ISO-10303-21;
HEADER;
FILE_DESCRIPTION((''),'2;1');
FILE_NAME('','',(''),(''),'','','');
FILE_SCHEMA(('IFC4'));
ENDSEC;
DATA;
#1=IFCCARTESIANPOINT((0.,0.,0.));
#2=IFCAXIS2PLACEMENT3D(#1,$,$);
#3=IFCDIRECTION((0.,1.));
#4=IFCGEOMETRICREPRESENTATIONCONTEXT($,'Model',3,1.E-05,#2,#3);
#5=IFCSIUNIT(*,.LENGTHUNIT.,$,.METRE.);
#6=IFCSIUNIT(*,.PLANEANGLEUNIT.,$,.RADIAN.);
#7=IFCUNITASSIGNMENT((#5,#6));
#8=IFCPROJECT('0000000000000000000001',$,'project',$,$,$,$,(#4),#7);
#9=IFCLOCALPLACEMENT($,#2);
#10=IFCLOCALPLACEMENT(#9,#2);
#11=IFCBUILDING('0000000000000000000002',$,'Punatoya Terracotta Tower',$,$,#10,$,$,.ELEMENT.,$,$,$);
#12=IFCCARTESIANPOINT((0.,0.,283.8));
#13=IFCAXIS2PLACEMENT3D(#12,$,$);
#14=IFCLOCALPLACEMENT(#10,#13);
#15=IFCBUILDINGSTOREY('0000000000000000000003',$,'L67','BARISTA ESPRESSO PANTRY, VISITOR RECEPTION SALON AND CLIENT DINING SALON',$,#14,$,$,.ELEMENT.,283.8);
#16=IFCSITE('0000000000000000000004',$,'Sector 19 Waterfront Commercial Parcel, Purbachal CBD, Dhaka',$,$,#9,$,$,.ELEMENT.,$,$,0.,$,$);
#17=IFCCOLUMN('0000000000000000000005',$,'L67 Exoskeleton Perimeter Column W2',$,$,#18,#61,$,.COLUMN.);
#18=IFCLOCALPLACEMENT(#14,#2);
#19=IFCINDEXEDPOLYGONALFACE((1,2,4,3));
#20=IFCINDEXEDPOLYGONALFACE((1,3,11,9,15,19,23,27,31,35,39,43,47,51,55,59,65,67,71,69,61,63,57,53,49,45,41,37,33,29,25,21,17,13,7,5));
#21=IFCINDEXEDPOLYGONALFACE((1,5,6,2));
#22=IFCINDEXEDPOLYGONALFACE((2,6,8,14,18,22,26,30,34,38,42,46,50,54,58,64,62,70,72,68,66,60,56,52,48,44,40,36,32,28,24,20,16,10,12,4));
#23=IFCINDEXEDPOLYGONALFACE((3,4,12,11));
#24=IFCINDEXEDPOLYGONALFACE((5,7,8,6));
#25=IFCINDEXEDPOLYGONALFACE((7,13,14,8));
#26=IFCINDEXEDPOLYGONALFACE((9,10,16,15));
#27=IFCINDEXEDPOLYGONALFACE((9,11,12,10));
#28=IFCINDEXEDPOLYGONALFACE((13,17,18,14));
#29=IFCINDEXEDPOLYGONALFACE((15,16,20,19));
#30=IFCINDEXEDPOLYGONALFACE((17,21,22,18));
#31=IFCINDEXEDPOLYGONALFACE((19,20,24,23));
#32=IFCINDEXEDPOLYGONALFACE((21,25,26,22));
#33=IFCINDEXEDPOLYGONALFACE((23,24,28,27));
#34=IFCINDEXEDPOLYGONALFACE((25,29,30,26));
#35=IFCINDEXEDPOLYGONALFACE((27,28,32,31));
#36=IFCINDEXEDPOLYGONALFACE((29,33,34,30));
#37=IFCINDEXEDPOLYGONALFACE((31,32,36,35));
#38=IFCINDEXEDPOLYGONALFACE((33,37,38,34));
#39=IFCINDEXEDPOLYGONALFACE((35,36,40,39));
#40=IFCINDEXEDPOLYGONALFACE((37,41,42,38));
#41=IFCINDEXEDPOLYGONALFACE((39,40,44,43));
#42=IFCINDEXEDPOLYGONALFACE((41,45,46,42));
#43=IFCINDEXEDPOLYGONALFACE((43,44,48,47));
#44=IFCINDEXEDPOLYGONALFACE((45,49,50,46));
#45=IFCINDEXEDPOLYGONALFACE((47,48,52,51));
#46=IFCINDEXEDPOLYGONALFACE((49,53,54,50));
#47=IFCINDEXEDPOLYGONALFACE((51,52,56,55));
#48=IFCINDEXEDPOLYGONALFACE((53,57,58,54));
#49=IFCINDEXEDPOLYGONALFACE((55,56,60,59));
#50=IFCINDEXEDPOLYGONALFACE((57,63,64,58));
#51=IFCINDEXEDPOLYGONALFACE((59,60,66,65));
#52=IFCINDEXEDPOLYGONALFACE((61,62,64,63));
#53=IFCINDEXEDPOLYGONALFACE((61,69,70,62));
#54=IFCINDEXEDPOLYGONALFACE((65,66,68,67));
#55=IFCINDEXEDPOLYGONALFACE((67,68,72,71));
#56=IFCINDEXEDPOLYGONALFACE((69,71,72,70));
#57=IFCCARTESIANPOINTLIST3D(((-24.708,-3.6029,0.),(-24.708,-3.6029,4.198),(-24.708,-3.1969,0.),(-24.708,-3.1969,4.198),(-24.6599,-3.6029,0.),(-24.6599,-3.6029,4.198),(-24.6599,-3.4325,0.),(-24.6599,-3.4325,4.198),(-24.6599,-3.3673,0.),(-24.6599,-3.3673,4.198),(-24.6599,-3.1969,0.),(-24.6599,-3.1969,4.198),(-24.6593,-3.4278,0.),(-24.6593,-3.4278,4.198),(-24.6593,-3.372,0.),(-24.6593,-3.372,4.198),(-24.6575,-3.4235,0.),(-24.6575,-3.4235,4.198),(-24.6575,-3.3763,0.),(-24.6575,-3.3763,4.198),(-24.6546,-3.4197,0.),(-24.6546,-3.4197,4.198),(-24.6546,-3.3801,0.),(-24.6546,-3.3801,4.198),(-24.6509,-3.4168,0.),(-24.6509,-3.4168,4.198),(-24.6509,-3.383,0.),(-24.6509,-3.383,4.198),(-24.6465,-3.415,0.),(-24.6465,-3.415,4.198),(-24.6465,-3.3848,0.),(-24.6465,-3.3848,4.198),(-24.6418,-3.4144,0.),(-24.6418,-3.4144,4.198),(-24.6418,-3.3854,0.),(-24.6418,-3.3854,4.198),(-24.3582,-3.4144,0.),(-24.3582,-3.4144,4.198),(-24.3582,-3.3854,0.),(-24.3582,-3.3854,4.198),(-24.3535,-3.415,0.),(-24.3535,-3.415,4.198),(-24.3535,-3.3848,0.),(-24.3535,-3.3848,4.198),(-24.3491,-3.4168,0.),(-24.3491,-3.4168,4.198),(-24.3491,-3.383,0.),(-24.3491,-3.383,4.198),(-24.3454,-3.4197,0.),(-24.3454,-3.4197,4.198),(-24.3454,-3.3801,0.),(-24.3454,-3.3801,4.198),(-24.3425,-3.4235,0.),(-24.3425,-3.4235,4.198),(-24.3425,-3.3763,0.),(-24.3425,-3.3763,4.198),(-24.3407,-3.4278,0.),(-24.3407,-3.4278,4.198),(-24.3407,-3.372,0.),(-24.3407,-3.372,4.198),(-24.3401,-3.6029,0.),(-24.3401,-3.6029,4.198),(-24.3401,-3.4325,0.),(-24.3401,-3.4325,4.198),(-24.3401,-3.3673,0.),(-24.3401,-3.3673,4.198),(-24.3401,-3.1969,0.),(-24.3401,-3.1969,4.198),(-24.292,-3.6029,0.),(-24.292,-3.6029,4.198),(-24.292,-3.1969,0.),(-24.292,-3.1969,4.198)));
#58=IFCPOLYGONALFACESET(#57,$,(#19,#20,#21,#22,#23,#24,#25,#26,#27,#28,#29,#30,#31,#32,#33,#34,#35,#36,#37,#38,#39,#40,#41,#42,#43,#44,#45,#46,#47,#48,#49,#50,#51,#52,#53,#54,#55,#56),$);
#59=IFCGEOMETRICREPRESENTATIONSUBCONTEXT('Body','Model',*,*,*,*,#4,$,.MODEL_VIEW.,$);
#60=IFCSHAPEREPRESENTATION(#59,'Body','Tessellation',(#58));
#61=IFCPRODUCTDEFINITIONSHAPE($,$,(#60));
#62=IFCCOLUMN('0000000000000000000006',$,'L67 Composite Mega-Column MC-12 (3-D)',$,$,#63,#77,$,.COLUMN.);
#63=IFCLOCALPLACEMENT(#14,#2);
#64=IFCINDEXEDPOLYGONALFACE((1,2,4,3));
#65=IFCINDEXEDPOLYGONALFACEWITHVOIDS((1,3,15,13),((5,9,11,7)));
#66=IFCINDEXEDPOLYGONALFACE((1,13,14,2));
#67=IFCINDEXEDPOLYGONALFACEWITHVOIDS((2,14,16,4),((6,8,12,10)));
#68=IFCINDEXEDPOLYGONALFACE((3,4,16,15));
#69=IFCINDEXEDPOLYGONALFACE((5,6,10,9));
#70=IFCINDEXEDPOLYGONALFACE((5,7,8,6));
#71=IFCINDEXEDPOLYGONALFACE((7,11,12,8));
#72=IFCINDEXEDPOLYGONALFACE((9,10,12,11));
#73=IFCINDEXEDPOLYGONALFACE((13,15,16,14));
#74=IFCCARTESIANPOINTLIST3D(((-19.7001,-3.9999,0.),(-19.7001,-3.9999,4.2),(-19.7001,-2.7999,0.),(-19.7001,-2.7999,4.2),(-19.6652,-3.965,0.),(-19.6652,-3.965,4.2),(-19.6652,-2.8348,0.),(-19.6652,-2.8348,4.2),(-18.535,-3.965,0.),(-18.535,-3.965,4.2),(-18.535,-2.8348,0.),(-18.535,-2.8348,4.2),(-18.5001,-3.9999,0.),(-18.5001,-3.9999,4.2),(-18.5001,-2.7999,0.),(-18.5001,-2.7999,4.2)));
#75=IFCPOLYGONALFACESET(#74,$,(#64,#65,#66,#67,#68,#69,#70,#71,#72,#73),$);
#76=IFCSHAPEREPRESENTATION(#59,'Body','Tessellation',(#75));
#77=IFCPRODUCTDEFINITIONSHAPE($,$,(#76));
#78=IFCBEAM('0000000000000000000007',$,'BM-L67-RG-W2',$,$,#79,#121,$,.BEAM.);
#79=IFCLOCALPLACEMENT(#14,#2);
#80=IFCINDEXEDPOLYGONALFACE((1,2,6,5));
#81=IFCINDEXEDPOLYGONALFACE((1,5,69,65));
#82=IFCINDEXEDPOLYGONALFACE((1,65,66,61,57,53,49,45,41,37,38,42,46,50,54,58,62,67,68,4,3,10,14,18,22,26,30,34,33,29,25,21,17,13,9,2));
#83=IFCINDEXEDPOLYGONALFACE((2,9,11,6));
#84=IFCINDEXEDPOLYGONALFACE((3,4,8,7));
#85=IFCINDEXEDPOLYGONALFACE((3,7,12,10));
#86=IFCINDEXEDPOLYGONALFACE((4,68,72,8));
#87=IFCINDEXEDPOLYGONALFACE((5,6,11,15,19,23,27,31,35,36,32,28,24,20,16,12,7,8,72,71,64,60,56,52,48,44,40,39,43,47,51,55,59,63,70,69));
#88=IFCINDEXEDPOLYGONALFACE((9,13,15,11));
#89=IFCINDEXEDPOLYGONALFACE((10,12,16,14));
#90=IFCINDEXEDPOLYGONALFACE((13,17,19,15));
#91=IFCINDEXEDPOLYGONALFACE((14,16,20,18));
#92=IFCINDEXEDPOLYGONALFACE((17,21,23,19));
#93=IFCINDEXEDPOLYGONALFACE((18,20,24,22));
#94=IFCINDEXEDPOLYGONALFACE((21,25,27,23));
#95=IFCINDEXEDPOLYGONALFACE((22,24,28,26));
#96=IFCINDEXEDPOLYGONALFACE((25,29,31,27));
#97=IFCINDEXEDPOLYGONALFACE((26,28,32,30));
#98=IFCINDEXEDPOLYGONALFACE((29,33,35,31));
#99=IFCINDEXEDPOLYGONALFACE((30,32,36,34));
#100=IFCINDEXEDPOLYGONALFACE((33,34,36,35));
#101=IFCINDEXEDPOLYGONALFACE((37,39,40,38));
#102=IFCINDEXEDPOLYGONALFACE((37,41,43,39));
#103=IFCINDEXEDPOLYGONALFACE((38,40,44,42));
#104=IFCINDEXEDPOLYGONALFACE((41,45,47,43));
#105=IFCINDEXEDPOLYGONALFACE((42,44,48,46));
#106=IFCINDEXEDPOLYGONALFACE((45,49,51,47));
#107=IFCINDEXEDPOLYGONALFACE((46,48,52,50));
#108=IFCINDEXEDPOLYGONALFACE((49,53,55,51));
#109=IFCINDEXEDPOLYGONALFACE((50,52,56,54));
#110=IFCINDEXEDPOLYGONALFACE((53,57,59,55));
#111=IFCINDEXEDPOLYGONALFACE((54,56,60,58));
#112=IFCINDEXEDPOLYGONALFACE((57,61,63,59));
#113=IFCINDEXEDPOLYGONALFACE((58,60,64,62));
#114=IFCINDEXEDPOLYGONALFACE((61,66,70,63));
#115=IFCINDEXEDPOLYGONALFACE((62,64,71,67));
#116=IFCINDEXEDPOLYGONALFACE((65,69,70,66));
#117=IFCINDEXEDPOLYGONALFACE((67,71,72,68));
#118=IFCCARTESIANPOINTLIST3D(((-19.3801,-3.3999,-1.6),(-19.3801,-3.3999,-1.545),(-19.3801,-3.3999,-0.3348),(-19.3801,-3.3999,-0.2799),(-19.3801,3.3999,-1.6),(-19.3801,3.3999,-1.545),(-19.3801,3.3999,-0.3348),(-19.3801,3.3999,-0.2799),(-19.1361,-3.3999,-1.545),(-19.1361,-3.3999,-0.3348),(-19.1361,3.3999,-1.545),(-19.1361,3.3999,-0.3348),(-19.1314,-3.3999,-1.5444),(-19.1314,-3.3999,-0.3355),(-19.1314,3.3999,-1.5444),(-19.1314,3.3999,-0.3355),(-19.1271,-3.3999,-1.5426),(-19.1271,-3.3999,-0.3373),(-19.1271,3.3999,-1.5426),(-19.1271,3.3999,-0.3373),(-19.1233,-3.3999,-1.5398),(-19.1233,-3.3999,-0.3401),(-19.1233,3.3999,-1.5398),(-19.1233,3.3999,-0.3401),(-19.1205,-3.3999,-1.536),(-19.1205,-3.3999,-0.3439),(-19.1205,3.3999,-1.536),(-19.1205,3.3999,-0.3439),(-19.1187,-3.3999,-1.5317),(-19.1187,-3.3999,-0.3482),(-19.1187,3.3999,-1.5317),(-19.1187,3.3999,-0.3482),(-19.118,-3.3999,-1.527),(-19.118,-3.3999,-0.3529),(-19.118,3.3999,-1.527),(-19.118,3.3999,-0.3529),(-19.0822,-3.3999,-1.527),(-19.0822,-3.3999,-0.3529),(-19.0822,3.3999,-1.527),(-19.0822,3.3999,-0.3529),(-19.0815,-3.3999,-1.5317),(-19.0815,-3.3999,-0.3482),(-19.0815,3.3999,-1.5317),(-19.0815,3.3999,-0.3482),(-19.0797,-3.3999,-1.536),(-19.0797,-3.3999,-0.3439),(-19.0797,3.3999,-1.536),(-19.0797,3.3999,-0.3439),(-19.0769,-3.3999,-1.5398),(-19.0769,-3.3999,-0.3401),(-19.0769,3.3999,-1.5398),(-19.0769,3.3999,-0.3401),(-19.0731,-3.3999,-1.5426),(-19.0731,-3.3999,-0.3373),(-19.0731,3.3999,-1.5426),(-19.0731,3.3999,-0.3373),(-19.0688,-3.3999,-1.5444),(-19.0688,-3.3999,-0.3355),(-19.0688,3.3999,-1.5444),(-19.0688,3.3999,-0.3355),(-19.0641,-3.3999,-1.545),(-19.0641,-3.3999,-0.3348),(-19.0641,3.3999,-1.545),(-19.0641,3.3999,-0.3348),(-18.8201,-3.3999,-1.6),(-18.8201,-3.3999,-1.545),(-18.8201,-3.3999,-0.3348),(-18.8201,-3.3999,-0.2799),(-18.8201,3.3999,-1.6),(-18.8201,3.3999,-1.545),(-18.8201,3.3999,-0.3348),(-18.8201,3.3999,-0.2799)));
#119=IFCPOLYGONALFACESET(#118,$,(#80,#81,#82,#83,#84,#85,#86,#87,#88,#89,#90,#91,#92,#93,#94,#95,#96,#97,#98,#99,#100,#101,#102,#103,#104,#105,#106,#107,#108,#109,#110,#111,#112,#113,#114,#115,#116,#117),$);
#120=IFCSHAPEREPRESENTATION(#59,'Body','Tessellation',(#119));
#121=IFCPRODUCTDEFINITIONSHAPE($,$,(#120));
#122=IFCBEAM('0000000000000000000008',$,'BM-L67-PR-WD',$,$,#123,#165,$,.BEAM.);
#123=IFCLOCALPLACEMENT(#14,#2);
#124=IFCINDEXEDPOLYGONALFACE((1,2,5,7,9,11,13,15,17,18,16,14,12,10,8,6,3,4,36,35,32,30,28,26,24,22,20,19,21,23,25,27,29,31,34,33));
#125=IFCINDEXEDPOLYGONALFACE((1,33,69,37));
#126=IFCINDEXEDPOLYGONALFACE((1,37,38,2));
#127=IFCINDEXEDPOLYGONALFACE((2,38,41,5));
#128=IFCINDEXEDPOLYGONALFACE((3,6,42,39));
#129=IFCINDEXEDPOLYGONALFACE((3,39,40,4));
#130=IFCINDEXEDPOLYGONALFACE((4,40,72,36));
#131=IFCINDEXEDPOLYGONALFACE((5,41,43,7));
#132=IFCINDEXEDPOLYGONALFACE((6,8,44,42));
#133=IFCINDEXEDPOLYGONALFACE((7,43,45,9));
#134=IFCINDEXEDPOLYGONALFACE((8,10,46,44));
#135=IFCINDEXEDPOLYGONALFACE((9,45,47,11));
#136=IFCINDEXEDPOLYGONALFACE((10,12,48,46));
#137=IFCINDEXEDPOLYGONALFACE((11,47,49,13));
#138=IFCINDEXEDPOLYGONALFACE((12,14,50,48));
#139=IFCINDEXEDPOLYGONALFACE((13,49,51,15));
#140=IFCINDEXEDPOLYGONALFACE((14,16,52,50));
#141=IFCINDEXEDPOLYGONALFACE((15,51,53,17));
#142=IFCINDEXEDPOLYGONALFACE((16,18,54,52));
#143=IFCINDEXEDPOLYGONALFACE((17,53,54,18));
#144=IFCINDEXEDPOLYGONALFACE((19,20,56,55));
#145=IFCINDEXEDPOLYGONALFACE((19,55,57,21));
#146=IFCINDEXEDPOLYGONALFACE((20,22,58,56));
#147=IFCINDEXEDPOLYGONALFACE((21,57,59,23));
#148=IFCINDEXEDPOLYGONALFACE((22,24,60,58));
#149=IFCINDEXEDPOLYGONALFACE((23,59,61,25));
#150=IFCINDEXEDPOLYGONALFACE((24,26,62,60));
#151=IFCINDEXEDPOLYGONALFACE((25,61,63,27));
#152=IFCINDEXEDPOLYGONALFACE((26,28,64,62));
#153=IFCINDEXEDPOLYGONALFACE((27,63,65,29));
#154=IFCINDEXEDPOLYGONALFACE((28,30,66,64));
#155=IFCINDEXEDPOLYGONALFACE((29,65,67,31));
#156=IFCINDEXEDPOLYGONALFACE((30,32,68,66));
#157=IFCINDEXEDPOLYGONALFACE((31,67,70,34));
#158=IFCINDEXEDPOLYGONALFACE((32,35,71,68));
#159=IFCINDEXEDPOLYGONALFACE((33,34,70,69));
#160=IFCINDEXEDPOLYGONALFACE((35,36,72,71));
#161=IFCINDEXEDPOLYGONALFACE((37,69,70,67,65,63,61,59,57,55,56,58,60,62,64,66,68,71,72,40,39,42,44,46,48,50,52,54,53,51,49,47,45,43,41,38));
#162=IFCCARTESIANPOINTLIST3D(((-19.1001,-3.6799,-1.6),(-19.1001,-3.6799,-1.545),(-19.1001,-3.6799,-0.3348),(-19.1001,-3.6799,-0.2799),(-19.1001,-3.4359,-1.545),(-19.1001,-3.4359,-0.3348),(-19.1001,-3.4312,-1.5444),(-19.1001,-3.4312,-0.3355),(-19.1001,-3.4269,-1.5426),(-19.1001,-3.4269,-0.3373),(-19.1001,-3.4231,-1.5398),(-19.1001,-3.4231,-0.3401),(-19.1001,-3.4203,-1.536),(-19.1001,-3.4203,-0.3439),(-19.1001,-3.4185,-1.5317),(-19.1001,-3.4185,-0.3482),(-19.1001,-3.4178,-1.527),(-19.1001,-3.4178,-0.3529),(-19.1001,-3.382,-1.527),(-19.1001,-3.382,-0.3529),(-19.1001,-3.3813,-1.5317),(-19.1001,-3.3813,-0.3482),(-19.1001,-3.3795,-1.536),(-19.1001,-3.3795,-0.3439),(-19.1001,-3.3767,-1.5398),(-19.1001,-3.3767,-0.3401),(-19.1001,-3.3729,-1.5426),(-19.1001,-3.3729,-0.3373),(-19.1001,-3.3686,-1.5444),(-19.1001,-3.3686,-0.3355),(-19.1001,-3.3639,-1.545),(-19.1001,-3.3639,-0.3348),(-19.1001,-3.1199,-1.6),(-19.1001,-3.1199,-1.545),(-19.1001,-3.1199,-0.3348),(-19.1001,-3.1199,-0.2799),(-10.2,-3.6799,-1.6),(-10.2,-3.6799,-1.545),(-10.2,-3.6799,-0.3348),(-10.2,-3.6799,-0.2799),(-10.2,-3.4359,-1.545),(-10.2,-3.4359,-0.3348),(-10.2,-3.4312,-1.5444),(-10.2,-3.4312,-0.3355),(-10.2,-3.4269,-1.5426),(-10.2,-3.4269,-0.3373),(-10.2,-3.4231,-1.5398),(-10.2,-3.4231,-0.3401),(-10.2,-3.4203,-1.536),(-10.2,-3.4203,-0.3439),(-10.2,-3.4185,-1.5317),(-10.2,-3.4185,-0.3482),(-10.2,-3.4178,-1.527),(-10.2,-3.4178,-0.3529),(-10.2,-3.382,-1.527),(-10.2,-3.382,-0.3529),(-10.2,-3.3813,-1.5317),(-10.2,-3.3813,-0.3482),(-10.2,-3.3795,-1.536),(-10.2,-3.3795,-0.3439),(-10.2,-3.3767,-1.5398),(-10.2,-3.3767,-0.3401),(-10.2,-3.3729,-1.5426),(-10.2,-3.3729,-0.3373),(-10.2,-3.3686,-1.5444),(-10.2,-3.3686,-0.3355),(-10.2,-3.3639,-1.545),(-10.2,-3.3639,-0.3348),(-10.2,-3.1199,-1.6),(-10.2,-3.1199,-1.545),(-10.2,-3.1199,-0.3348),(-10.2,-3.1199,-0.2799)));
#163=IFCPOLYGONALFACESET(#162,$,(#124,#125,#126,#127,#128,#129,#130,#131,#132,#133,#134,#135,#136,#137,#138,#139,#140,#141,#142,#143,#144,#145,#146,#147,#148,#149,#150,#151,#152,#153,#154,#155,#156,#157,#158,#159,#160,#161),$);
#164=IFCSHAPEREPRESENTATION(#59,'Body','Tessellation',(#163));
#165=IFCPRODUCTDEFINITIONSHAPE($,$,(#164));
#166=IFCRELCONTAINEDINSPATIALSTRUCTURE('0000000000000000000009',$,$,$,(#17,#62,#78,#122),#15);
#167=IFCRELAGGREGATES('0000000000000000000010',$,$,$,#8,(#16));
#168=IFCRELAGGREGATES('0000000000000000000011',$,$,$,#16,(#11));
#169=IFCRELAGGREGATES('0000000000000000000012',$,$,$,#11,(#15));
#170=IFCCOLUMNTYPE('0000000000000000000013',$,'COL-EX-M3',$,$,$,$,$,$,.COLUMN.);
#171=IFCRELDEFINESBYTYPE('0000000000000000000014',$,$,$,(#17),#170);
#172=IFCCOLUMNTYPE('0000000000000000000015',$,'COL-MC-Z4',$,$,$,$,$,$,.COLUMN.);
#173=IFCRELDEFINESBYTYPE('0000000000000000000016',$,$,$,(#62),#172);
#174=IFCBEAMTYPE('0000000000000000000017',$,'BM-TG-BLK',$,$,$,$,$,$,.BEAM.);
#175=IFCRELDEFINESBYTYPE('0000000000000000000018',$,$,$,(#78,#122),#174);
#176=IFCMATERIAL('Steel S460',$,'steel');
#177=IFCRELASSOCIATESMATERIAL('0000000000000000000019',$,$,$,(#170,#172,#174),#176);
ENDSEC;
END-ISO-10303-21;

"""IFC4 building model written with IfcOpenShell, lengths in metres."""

from ifc_helpers import new_model, si_unit, direction, frame, origin, origin_2d, place, context, subcontext, project, spatial, hollow_rectangle, i_section, extrude, material, material_profile, profile_set, type_object, element, save


model = new_model("IFC4")

# Units and contexts
model_context = context("Model", 3, precision=1e-05, world=origin(), true_north=direction((0.0, 1.0)))
body_context = subcontext(model_context, "Body", "Model", "MODEL_VIEW")
ifc_project = project(units=[si_unit("LENGTHUNIT", "METRE"), si_unit("PLANEANGLEUNIT", "RADIAN")], contexts=[model_context])

# Site, building, storey
site_placement = place(None, origin())
site = spatial("IfcSite", under=ifc_project, at=site_placement, Name="Sector 19 Waterfront Commercial Parcel, Purbachal CBD, Dhaka", CompositionType="ELEMENT", RefElevation=0.0)
building_placement = place(site_placement, origin())
building = spatial("IfcBuilding", under=site, at=building_placement, Name="Punatoya Terracotta Tower", CompositionType="ELEMENT")
storey_placement = place(building_placement, frame((0.0, 0.0, 283.8)))
storey = spatial("IfcBuildingStorey", under=building, at=storey_placement, Name="L67", Description="BARISTA ESPRESSO PANTRY, VISITOR RECEPTION SALON AND CLIENT DINING SALON", CompositionType="ELEMENT", Elevation=283.8)

# Columns
ifc_material_1 = material(Name="Steel S460", Category="steel")
ifc_material_profile_1 = material_profile(ifc_material_1, i_section(OverallWidth=0.406, OverallDepth=0.416, WebThickness=0.0291, FlangeThickness=0.0481, FilletRadius=0.0181, at=origin_2d()))
ifc_profile_set_1 = profile_set([ifc_material_profile_1], Name="Steel S460")
column_type_1 = type_object("IfcColumnType", Name="COL-EX-M3", PredefinedType="COLUMN", material=ifc_profile_set_1)
column_1_placement = place(storey_placement, frame((-24.5, -3.3999, 0.0), z_axis=(0.0, 0.0, 1.0), x_axis=(0.0, 1.0, 0.0)))
element("IfcColumn", 1, at=column_1_placement, inside=storey, type_object=column_type_1, Name="L67 Exoskeleton Perimeter Column W2", PredefinedType="COLUMN", context=body_context, shape_type="SweptSolid", body=[
    extrude(i_section(OverallWidth=0.406, OverallDepth=0.416, WebThickness=0.0291, FlangeThickness=0.0481, FilletRadius=0.0181, at=origin_2d()), origin(), (0.0, 0.0, 1.0), 4.198),
])
ifc_material_profile_2 = material_profile(ifc_material_1, hollow_rectangle(XDim=1.2, YDim=1.2, WallThickness=0.0349, at=origin_2d()))
ifc_profile_set_2 = profile_set([ifc_material_profile_2], Name="Steel S460")
column_type_2 = type_object("IfcColumnType", Name="COL-MC-Z4", PredefinedType="COLUMN", material=ifc_profile_set_2)
column_2_placement = place(storey_placement, frame((-19.1001, -3.3999, 0.0), z_axis=(0.0, 0.0, 1.0), x_axis=(1.0, 0.0, 0.0)))
element("IfcColumn", 2, at=column_2_placement, inside=storey, type_object=column_type_2, Name="L67 Composite Mega-Column MC-12 (3-D)", PredefinedType="COLUMN", context=body_context, shape_type="SweptSolid", body=[
    extrude(hollow_rectangle(XDim=1.2, YDim=1.2, WallThickness=0.0349, at=origin_2d()), origin(), (0.0, 0.0, 1.0), 4.2),
])

# Beams
ifc_material_profile_3 = material_profile(ifc_material_1, i_section(OverallWidth=0.5601, OverallDepth=1.3201, WebThickness=0.0359, FlangeThickness=0.0549, FilletRadius=0.0181, at=origin_2d()))
ifc_profile_set_3 = profile_set([ifc_material_profile_3], Name="Steel S460")
beam_type = type_object("IfcBeamType", Name="BM-TG-BLK", PredefinedType="BEAM", material=ifc_profile_set_3)
beam_1_placement = place(storey_placement, frame((-19.1001, -3.3999, -0.9399), z_axis=(0.0, 1.0, 0.0), x_axis=(-1.0, 0.0, 0.0)))
element("IfcBeam", 3, at=beam_1_placement, inside=storey, type_object=beam_type, Name="BM-L67-RG-W2", PredefinedType="BEAM", context=body_context, shape_type="SweptSolid", body=[
    extrude(i_section(OverallWidth=0.5601, OverallDepth=1.3201, WebThickness=0.0359, FlangeThickness=0.0549, FilletRadius=0.0181, at=origin_2d()), origin(), (0.0, 0.0, 1.0), 6.7998),
])
beam_2_placement = place(storey_placement, frame((-19.1001, -3.3999, -0.9399), z_axis=(1.0, 0.0, 0.0), x_axis=(0.0, 1.0, 0.0)))
element("IfcBeam", 4, at=beam_2_placement, inside=storey, type_object=beam_type, Name="BM-L67-PR-WD", PredefinedType="BEAM", context=body_context, shape_type="SweptSolid", body=[
    extrude(i_section(OverallWidth=0.5601, OverallDepth=1.3201, WebThickness=0.0359, FlangeThickness=0.0549, FilletRadius=0.0181, at=origin_2d()), origin(), (0.0, 0.0, 1.0), 8.9001),
])

save(model, "model.ifc")
